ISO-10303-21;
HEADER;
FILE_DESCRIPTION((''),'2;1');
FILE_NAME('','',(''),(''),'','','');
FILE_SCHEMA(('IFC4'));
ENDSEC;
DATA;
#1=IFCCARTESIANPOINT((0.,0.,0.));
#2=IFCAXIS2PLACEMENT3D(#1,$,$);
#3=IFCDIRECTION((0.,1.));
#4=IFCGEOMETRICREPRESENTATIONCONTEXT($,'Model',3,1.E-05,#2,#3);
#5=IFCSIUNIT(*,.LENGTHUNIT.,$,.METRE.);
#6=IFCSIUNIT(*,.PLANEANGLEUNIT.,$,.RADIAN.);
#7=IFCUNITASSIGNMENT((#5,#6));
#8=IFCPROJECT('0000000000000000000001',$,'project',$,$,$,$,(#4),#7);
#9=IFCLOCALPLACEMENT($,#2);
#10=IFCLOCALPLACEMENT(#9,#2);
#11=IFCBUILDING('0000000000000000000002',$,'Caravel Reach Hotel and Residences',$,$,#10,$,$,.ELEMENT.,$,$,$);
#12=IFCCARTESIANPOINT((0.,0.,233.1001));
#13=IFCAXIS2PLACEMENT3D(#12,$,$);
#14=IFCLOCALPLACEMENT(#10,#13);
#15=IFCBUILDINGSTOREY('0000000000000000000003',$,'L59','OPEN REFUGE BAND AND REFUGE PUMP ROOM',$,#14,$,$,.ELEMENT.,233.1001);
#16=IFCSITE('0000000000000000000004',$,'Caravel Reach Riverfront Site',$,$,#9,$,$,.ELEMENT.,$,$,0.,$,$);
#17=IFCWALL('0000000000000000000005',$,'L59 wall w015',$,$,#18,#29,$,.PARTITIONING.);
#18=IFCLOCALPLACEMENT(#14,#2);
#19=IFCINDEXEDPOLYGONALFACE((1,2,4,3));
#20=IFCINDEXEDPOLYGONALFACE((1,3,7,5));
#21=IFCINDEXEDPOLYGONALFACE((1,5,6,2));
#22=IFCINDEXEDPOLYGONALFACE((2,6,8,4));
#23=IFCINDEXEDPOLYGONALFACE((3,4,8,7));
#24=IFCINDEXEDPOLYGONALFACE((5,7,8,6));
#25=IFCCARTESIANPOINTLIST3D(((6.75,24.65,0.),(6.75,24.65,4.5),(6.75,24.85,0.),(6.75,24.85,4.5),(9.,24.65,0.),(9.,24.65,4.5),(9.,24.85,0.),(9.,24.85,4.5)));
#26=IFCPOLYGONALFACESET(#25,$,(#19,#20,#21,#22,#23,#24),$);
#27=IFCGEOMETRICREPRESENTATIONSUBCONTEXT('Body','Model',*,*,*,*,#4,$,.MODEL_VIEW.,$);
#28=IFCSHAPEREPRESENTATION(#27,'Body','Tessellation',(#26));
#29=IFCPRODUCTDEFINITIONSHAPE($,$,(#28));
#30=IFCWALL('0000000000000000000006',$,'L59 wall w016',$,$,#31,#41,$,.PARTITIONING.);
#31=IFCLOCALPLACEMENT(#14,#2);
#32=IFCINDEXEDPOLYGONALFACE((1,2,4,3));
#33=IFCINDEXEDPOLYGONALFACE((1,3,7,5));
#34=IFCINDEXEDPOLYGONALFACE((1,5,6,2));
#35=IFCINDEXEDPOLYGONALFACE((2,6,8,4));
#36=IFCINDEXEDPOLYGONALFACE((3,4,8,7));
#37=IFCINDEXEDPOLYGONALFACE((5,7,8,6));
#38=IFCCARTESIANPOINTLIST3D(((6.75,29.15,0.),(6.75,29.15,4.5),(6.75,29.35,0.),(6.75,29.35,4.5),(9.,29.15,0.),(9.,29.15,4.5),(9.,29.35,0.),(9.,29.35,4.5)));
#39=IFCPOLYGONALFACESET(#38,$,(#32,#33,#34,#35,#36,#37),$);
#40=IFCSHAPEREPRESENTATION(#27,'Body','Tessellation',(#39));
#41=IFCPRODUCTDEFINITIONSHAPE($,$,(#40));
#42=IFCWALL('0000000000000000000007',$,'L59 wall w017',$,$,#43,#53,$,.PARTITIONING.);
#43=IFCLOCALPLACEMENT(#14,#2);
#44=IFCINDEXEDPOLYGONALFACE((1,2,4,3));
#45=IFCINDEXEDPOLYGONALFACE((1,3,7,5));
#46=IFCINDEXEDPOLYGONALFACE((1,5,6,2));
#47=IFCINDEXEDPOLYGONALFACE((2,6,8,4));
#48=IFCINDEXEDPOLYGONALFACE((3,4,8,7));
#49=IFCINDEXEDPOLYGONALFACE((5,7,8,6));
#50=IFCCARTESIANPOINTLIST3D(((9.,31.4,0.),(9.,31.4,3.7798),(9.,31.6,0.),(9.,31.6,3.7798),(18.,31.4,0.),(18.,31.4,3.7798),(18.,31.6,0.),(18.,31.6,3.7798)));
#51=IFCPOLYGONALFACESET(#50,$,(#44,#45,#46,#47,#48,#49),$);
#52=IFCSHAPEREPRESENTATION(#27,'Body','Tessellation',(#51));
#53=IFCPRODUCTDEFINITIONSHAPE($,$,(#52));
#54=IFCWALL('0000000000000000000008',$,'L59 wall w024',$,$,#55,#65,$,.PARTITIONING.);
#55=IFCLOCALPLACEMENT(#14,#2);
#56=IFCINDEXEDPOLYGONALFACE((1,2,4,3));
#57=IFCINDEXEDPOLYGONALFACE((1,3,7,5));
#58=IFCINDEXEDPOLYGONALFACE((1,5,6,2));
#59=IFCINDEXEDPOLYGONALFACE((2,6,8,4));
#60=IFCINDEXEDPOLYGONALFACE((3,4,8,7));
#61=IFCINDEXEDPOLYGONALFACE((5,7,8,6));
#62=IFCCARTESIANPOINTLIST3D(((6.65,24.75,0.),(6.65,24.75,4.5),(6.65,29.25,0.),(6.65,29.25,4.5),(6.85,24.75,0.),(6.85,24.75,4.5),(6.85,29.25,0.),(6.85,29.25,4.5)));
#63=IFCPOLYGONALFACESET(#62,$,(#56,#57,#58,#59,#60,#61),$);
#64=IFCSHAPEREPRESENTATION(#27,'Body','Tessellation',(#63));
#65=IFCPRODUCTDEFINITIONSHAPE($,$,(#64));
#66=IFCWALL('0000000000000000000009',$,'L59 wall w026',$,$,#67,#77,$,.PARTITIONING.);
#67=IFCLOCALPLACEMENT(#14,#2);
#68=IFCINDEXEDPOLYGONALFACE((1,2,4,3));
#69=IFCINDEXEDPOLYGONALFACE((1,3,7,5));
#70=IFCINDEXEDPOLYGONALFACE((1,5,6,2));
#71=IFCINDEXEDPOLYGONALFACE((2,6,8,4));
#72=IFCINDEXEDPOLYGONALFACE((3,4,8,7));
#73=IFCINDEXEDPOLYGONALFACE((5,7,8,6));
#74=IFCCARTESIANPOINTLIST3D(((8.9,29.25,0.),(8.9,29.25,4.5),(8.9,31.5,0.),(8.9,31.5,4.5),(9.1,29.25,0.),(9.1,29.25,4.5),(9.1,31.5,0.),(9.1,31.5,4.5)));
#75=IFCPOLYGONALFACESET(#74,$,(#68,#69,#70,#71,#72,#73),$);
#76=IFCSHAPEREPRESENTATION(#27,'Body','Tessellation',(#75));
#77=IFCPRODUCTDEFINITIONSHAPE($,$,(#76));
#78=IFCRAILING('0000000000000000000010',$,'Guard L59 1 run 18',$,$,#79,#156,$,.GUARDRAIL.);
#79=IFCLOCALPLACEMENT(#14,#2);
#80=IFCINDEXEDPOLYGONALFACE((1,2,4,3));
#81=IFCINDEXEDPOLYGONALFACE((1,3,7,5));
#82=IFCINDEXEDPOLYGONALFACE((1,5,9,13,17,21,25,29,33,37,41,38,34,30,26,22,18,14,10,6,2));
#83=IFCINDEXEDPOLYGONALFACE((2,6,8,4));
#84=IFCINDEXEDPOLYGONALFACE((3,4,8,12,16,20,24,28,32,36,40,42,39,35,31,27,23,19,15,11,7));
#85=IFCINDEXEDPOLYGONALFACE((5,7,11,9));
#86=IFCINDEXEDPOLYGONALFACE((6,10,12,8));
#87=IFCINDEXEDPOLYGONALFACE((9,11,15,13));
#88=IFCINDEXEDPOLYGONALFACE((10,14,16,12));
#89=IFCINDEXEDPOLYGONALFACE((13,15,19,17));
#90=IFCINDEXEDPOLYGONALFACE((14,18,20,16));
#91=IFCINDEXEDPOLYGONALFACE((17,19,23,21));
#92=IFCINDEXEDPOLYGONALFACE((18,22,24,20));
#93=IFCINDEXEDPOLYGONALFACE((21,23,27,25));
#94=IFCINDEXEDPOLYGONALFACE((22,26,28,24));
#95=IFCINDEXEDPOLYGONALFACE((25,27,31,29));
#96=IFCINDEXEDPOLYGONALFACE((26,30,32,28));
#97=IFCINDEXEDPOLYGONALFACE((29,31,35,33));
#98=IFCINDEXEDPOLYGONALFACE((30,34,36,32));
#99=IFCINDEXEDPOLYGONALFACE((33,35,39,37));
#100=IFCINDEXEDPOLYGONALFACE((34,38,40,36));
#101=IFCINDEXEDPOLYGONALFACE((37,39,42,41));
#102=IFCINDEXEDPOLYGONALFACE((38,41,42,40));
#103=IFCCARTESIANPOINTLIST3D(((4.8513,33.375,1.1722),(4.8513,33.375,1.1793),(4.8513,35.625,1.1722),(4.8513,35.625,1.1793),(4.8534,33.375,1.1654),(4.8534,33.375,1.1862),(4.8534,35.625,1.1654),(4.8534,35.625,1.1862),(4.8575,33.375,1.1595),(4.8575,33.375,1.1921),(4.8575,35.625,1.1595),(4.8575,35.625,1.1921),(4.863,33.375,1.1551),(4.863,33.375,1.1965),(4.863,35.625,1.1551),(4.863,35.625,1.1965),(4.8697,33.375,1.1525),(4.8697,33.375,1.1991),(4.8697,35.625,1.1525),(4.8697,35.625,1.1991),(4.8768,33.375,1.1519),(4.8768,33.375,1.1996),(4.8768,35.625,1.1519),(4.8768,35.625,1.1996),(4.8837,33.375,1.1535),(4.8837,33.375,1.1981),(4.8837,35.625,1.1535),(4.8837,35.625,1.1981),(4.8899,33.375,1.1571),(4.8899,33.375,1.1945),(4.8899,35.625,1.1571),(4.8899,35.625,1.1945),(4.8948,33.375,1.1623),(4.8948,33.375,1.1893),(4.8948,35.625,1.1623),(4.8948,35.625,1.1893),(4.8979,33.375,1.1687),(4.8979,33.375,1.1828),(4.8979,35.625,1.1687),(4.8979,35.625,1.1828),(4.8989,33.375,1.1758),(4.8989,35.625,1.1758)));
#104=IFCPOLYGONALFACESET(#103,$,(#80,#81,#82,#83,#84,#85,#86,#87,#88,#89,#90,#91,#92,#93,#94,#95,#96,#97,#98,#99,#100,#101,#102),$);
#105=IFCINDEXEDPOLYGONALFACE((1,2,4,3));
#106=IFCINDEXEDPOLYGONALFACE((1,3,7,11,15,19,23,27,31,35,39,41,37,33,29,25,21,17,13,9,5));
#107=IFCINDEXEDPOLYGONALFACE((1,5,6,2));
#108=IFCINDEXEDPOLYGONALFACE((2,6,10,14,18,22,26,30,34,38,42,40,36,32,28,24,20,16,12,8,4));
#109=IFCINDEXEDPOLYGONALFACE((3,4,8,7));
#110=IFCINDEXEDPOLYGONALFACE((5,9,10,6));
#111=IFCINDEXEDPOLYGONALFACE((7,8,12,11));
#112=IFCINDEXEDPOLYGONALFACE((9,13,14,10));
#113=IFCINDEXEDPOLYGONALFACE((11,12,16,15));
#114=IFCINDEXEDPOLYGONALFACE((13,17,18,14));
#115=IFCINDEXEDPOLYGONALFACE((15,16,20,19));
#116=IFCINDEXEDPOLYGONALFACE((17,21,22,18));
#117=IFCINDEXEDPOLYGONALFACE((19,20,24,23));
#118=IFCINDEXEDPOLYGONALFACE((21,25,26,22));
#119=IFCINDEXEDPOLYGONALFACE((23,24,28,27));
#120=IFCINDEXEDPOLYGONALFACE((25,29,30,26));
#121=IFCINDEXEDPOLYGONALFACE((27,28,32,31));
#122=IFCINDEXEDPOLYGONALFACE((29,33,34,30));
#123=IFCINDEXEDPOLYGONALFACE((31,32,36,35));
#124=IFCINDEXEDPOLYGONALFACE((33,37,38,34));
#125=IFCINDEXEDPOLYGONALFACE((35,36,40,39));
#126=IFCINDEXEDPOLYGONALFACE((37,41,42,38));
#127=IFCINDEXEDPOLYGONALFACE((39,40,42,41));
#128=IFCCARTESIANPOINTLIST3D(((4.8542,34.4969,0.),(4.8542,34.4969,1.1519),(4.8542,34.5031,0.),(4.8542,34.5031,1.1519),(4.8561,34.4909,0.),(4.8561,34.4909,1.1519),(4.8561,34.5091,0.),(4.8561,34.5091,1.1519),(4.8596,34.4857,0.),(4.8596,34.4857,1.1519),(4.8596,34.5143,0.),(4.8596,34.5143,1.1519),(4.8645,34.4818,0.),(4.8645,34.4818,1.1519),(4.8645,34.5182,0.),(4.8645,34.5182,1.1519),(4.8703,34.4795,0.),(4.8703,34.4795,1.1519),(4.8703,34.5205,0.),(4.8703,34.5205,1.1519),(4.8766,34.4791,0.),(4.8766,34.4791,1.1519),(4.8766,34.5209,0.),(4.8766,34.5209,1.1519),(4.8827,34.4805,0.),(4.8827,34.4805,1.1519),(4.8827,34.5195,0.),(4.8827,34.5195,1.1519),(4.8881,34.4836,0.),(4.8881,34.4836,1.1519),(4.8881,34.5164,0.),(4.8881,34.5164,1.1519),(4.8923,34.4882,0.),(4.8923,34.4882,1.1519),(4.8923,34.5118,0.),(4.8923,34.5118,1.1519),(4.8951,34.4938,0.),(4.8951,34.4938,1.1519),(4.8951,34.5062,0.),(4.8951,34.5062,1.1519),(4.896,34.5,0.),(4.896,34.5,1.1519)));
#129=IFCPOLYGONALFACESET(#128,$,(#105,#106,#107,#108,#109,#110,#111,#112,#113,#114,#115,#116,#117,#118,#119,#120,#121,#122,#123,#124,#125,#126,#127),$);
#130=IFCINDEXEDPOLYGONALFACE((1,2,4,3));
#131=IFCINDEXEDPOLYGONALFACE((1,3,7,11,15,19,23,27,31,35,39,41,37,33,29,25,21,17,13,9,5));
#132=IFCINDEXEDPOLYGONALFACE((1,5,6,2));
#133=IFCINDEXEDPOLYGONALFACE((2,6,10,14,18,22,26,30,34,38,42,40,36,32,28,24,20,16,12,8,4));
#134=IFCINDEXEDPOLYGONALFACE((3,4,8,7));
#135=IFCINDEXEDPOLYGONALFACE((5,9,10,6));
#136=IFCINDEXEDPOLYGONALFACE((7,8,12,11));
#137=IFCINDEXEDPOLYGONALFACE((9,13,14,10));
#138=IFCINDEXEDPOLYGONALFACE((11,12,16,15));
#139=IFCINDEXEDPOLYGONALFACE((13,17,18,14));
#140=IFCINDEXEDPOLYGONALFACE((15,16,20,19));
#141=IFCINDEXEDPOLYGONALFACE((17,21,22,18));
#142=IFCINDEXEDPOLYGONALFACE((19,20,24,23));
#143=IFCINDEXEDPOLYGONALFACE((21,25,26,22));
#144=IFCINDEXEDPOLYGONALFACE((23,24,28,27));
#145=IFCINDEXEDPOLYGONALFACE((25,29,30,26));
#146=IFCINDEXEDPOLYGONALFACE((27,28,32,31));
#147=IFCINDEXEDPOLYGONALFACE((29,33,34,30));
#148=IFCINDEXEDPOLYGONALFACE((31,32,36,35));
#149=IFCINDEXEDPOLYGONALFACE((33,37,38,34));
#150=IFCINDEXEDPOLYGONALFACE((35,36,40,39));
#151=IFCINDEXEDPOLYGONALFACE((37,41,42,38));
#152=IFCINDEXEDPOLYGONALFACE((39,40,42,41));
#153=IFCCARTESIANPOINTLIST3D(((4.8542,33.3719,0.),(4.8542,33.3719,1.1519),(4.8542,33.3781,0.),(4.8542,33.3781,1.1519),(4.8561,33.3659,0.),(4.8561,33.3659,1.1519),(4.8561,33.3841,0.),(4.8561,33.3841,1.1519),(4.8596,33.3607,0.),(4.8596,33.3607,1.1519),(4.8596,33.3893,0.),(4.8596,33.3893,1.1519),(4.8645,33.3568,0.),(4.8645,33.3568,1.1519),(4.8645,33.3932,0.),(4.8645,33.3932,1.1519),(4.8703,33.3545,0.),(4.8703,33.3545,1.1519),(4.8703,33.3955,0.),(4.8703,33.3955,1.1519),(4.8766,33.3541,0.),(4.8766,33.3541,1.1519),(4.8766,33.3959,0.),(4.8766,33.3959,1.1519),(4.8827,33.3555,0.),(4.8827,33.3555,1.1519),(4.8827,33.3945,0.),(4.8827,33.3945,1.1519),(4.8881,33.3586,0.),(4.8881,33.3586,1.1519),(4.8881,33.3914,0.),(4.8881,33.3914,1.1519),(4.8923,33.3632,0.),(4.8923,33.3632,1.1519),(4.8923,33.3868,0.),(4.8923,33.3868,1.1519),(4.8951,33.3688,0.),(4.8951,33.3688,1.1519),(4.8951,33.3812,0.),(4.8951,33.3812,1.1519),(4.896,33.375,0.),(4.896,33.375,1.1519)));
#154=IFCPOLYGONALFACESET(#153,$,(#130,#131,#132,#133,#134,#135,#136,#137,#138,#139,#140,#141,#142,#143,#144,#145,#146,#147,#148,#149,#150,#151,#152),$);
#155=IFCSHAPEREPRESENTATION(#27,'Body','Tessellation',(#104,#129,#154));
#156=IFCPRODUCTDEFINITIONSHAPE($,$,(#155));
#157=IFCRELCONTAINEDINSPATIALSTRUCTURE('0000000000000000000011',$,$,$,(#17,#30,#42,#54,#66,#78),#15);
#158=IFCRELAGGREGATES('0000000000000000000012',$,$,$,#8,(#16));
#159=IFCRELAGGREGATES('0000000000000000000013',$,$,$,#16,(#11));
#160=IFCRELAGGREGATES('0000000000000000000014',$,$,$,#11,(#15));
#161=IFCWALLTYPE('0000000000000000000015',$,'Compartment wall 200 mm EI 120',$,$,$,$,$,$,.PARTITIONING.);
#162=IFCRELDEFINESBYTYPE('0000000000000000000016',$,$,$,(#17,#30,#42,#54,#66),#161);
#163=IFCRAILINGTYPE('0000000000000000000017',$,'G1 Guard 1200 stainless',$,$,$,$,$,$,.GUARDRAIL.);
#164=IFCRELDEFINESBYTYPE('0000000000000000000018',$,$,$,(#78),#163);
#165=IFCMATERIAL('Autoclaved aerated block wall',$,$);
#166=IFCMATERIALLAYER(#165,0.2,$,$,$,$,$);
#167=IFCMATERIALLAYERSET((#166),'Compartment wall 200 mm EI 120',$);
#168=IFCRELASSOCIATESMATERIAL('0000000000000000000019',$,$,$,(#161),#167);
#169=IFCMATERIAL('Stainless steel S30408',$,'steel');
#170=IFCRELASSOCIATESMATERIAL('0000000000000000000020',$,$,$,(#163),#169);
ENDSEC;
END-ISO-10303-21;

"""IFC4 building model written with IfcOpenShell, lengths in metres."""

from ifc_helpers import new_model, si_unit, direction, frame, frame_2d, origin, origin_2d, place, context, subcontext, project, spatial, rectangle, circle, extrude, material, layer, layer_set, type_object, element, save


model = new_model("IFC4")

# Units and contexts
model_context = context("Model", 3, precision=1e-05, world=origin(), true_north=direction((0.0, 1.0)))
body_context = subcontext(model_context, "Body", "Model", "MODEL_VIEW")
ifc_project = project(units=[si_unit("LENGTHUNIT", "METRE"), si_unit("PLANEANGLEUNIT", "RADIAN")], contexts=[model_context])

# Site, building, storey
site_placement = place(None, origin())
site = spatial("IfcSite", under=ifc_project, at=site_placement, Name="Caravel Reach Riverfront Site", CompositionType="ELEMENT", RefElevation=0.0)
building_placement = place(site_placement, origin())
building = spatial("IfcBuilding", under=site, at=building_placement, Name="Caravel Reach Hotel and Residences", CompositionType="ELEMENT")
storey_placement = place(building_placement, frame((0.0, 0.0, 233.1001)))
storey = spatial("IfcBuildingStorey", under=building, at=storey_placement, Name="L59", Description="OPEN REFUGE BAND AND REFUGE PUMP ROOM", CompositionType="ELEMENT", Elevation=233.1001)

# Walls
ifc_material_1 = material(Name="Autoclaved aerated block wall")
ifc_layer = layer(ifc_material_1, 0.2)
ifc_layer_set = layer_set([ifc_layer], Name="Compartment wall 200 mm EI 120")
wall_type = type_object("IfcWallType", Name="Compartment wall 200 mm EI 120", PredefinedType="PARTITIONING", material=ifc_layer_set)
for number, where, z_axis, x_axis, name in (
    (1, (6.75, 24.75, 0.0), (0.0, 0.0, 1.0), (1.0, 0.0, 0.0), "L59 wall w015"),
    (2, (6.75, 29.25, 0.0), (0.0, 0.0, 1.0), (1.0, 0.0, 0.0), "L59 wall w016"),
):
    element("IfcWall", number, at=place(storey_placement, frame(where, z_axis=z_axis, x_axis=x_axis)), inside=storey, type_object=wall_type, Name=name, PredefinedType="PARTITIONING", context=body_context, shape_type="SweptSolid", body=[
        extrude(rectangle(XDim=2.25, YDim=0.2, at=frame_2d((1.125, 0.0))), origin(), (0.0, 0.0, 1.0), 4.5),
    ])
wall_1_placement = place(storey_placement, frame((9.0, 31.5, 0.0), z_axis=(0.0, 0.0, 1.0), x_axis=(1.0, 0.0, 0.0)))
element("IfcWall", 3, at=wall_1_placement, inside=storey, type_object=wall_type, Name="L59 wall w017", PredefinedType="PARTITIONING", context=body_context, shape_type="SweptSolid", body=[
    extrude(rectangle(XDim=9.0, YDim=0.2, at=frame_2d((4.5, 0.0))), origin(), (0.0, 0.0, 1.0), 3.7798),
])
wall_2_placement = place(storey_placement, frame((6.75, 24.75, 0.0), z_axis=(0.0, 0.0, 1.0), x_axis=(0.0, 1.0, 0.0)))
element("IfcWall", 4, at=wall_2_placement, inside=storey, type_object=wall_type, Name="L59 wall w024", PredefinedType="PARTITIONING", context=body_context, shape_type="SweptSolid", body=[
    extrude(rectangle(XDim=4.5, YDim=0.2, at=frame_2d((2.25, 0.0))), origin(), (0.0, 0.0, 1.0), 4.5),
])
wall_3_placement = place(storey_placement, frame((9.0, 29.25, 0.0), z_axis=(0.0, 0.0, 1.0), x_axis=(0.0, 1.0, 0.0)))
element("IfcWall", 5, at=wall_3_placement, inside=storey, type_object=wall_type, Name="L59 wall w026", PredefinedType="PARTITIONING", context=body_context, shape_type="SweptSolid", body=[
    extrude(rectangle(XDim=2.25, YDim=0.2, at=frame_2d((1.125, 0.0))), origin(), (0.0, 0.0, 1.0), 4.5),
])

# Railing
ifc_material_2 = material(Name="Stainless steel S30408", Category="steel")
railing_type = type_object("IfcRailingType", Name="G1 Guard 1200 stainless", PredefinedType="GUARDRAIL", material=ifc_material_2)
railing_1_placement = place(storey_placement, frame((4.875, 35.625, 0.0)))
element("IfcRailing", 6, at=railing_1_placement, inside=storey, type_object=railing_type, Name="Guard L59 1 run 18", PredefinedType="GUARDRAIL", context=body_context, shape_type="SweptSolid", body=[
    extrude(circle(Radius=0.0239, at=origin_2d()), frame((0.0, 0.0, 1.1758), z_axis=(0.0, -1.0, 0.0), x_axis=(1.0, 0.0, 0.0)), (0.0, 0.0, 1.0), 2.25),
    extrude(circle(Radius=0.021, at=origin_2d()), frame((0.0, -1.125, 0.0)), (0.0, 0.0, 1.0), 1.1519),
    extrude(circle(Radius=0.021, at=origin_2d()), frame((0.0, -2.25, 0.0)), (0.0, 0.0, 1.0), 1.1519),
])

save(model, "model.ifc")
